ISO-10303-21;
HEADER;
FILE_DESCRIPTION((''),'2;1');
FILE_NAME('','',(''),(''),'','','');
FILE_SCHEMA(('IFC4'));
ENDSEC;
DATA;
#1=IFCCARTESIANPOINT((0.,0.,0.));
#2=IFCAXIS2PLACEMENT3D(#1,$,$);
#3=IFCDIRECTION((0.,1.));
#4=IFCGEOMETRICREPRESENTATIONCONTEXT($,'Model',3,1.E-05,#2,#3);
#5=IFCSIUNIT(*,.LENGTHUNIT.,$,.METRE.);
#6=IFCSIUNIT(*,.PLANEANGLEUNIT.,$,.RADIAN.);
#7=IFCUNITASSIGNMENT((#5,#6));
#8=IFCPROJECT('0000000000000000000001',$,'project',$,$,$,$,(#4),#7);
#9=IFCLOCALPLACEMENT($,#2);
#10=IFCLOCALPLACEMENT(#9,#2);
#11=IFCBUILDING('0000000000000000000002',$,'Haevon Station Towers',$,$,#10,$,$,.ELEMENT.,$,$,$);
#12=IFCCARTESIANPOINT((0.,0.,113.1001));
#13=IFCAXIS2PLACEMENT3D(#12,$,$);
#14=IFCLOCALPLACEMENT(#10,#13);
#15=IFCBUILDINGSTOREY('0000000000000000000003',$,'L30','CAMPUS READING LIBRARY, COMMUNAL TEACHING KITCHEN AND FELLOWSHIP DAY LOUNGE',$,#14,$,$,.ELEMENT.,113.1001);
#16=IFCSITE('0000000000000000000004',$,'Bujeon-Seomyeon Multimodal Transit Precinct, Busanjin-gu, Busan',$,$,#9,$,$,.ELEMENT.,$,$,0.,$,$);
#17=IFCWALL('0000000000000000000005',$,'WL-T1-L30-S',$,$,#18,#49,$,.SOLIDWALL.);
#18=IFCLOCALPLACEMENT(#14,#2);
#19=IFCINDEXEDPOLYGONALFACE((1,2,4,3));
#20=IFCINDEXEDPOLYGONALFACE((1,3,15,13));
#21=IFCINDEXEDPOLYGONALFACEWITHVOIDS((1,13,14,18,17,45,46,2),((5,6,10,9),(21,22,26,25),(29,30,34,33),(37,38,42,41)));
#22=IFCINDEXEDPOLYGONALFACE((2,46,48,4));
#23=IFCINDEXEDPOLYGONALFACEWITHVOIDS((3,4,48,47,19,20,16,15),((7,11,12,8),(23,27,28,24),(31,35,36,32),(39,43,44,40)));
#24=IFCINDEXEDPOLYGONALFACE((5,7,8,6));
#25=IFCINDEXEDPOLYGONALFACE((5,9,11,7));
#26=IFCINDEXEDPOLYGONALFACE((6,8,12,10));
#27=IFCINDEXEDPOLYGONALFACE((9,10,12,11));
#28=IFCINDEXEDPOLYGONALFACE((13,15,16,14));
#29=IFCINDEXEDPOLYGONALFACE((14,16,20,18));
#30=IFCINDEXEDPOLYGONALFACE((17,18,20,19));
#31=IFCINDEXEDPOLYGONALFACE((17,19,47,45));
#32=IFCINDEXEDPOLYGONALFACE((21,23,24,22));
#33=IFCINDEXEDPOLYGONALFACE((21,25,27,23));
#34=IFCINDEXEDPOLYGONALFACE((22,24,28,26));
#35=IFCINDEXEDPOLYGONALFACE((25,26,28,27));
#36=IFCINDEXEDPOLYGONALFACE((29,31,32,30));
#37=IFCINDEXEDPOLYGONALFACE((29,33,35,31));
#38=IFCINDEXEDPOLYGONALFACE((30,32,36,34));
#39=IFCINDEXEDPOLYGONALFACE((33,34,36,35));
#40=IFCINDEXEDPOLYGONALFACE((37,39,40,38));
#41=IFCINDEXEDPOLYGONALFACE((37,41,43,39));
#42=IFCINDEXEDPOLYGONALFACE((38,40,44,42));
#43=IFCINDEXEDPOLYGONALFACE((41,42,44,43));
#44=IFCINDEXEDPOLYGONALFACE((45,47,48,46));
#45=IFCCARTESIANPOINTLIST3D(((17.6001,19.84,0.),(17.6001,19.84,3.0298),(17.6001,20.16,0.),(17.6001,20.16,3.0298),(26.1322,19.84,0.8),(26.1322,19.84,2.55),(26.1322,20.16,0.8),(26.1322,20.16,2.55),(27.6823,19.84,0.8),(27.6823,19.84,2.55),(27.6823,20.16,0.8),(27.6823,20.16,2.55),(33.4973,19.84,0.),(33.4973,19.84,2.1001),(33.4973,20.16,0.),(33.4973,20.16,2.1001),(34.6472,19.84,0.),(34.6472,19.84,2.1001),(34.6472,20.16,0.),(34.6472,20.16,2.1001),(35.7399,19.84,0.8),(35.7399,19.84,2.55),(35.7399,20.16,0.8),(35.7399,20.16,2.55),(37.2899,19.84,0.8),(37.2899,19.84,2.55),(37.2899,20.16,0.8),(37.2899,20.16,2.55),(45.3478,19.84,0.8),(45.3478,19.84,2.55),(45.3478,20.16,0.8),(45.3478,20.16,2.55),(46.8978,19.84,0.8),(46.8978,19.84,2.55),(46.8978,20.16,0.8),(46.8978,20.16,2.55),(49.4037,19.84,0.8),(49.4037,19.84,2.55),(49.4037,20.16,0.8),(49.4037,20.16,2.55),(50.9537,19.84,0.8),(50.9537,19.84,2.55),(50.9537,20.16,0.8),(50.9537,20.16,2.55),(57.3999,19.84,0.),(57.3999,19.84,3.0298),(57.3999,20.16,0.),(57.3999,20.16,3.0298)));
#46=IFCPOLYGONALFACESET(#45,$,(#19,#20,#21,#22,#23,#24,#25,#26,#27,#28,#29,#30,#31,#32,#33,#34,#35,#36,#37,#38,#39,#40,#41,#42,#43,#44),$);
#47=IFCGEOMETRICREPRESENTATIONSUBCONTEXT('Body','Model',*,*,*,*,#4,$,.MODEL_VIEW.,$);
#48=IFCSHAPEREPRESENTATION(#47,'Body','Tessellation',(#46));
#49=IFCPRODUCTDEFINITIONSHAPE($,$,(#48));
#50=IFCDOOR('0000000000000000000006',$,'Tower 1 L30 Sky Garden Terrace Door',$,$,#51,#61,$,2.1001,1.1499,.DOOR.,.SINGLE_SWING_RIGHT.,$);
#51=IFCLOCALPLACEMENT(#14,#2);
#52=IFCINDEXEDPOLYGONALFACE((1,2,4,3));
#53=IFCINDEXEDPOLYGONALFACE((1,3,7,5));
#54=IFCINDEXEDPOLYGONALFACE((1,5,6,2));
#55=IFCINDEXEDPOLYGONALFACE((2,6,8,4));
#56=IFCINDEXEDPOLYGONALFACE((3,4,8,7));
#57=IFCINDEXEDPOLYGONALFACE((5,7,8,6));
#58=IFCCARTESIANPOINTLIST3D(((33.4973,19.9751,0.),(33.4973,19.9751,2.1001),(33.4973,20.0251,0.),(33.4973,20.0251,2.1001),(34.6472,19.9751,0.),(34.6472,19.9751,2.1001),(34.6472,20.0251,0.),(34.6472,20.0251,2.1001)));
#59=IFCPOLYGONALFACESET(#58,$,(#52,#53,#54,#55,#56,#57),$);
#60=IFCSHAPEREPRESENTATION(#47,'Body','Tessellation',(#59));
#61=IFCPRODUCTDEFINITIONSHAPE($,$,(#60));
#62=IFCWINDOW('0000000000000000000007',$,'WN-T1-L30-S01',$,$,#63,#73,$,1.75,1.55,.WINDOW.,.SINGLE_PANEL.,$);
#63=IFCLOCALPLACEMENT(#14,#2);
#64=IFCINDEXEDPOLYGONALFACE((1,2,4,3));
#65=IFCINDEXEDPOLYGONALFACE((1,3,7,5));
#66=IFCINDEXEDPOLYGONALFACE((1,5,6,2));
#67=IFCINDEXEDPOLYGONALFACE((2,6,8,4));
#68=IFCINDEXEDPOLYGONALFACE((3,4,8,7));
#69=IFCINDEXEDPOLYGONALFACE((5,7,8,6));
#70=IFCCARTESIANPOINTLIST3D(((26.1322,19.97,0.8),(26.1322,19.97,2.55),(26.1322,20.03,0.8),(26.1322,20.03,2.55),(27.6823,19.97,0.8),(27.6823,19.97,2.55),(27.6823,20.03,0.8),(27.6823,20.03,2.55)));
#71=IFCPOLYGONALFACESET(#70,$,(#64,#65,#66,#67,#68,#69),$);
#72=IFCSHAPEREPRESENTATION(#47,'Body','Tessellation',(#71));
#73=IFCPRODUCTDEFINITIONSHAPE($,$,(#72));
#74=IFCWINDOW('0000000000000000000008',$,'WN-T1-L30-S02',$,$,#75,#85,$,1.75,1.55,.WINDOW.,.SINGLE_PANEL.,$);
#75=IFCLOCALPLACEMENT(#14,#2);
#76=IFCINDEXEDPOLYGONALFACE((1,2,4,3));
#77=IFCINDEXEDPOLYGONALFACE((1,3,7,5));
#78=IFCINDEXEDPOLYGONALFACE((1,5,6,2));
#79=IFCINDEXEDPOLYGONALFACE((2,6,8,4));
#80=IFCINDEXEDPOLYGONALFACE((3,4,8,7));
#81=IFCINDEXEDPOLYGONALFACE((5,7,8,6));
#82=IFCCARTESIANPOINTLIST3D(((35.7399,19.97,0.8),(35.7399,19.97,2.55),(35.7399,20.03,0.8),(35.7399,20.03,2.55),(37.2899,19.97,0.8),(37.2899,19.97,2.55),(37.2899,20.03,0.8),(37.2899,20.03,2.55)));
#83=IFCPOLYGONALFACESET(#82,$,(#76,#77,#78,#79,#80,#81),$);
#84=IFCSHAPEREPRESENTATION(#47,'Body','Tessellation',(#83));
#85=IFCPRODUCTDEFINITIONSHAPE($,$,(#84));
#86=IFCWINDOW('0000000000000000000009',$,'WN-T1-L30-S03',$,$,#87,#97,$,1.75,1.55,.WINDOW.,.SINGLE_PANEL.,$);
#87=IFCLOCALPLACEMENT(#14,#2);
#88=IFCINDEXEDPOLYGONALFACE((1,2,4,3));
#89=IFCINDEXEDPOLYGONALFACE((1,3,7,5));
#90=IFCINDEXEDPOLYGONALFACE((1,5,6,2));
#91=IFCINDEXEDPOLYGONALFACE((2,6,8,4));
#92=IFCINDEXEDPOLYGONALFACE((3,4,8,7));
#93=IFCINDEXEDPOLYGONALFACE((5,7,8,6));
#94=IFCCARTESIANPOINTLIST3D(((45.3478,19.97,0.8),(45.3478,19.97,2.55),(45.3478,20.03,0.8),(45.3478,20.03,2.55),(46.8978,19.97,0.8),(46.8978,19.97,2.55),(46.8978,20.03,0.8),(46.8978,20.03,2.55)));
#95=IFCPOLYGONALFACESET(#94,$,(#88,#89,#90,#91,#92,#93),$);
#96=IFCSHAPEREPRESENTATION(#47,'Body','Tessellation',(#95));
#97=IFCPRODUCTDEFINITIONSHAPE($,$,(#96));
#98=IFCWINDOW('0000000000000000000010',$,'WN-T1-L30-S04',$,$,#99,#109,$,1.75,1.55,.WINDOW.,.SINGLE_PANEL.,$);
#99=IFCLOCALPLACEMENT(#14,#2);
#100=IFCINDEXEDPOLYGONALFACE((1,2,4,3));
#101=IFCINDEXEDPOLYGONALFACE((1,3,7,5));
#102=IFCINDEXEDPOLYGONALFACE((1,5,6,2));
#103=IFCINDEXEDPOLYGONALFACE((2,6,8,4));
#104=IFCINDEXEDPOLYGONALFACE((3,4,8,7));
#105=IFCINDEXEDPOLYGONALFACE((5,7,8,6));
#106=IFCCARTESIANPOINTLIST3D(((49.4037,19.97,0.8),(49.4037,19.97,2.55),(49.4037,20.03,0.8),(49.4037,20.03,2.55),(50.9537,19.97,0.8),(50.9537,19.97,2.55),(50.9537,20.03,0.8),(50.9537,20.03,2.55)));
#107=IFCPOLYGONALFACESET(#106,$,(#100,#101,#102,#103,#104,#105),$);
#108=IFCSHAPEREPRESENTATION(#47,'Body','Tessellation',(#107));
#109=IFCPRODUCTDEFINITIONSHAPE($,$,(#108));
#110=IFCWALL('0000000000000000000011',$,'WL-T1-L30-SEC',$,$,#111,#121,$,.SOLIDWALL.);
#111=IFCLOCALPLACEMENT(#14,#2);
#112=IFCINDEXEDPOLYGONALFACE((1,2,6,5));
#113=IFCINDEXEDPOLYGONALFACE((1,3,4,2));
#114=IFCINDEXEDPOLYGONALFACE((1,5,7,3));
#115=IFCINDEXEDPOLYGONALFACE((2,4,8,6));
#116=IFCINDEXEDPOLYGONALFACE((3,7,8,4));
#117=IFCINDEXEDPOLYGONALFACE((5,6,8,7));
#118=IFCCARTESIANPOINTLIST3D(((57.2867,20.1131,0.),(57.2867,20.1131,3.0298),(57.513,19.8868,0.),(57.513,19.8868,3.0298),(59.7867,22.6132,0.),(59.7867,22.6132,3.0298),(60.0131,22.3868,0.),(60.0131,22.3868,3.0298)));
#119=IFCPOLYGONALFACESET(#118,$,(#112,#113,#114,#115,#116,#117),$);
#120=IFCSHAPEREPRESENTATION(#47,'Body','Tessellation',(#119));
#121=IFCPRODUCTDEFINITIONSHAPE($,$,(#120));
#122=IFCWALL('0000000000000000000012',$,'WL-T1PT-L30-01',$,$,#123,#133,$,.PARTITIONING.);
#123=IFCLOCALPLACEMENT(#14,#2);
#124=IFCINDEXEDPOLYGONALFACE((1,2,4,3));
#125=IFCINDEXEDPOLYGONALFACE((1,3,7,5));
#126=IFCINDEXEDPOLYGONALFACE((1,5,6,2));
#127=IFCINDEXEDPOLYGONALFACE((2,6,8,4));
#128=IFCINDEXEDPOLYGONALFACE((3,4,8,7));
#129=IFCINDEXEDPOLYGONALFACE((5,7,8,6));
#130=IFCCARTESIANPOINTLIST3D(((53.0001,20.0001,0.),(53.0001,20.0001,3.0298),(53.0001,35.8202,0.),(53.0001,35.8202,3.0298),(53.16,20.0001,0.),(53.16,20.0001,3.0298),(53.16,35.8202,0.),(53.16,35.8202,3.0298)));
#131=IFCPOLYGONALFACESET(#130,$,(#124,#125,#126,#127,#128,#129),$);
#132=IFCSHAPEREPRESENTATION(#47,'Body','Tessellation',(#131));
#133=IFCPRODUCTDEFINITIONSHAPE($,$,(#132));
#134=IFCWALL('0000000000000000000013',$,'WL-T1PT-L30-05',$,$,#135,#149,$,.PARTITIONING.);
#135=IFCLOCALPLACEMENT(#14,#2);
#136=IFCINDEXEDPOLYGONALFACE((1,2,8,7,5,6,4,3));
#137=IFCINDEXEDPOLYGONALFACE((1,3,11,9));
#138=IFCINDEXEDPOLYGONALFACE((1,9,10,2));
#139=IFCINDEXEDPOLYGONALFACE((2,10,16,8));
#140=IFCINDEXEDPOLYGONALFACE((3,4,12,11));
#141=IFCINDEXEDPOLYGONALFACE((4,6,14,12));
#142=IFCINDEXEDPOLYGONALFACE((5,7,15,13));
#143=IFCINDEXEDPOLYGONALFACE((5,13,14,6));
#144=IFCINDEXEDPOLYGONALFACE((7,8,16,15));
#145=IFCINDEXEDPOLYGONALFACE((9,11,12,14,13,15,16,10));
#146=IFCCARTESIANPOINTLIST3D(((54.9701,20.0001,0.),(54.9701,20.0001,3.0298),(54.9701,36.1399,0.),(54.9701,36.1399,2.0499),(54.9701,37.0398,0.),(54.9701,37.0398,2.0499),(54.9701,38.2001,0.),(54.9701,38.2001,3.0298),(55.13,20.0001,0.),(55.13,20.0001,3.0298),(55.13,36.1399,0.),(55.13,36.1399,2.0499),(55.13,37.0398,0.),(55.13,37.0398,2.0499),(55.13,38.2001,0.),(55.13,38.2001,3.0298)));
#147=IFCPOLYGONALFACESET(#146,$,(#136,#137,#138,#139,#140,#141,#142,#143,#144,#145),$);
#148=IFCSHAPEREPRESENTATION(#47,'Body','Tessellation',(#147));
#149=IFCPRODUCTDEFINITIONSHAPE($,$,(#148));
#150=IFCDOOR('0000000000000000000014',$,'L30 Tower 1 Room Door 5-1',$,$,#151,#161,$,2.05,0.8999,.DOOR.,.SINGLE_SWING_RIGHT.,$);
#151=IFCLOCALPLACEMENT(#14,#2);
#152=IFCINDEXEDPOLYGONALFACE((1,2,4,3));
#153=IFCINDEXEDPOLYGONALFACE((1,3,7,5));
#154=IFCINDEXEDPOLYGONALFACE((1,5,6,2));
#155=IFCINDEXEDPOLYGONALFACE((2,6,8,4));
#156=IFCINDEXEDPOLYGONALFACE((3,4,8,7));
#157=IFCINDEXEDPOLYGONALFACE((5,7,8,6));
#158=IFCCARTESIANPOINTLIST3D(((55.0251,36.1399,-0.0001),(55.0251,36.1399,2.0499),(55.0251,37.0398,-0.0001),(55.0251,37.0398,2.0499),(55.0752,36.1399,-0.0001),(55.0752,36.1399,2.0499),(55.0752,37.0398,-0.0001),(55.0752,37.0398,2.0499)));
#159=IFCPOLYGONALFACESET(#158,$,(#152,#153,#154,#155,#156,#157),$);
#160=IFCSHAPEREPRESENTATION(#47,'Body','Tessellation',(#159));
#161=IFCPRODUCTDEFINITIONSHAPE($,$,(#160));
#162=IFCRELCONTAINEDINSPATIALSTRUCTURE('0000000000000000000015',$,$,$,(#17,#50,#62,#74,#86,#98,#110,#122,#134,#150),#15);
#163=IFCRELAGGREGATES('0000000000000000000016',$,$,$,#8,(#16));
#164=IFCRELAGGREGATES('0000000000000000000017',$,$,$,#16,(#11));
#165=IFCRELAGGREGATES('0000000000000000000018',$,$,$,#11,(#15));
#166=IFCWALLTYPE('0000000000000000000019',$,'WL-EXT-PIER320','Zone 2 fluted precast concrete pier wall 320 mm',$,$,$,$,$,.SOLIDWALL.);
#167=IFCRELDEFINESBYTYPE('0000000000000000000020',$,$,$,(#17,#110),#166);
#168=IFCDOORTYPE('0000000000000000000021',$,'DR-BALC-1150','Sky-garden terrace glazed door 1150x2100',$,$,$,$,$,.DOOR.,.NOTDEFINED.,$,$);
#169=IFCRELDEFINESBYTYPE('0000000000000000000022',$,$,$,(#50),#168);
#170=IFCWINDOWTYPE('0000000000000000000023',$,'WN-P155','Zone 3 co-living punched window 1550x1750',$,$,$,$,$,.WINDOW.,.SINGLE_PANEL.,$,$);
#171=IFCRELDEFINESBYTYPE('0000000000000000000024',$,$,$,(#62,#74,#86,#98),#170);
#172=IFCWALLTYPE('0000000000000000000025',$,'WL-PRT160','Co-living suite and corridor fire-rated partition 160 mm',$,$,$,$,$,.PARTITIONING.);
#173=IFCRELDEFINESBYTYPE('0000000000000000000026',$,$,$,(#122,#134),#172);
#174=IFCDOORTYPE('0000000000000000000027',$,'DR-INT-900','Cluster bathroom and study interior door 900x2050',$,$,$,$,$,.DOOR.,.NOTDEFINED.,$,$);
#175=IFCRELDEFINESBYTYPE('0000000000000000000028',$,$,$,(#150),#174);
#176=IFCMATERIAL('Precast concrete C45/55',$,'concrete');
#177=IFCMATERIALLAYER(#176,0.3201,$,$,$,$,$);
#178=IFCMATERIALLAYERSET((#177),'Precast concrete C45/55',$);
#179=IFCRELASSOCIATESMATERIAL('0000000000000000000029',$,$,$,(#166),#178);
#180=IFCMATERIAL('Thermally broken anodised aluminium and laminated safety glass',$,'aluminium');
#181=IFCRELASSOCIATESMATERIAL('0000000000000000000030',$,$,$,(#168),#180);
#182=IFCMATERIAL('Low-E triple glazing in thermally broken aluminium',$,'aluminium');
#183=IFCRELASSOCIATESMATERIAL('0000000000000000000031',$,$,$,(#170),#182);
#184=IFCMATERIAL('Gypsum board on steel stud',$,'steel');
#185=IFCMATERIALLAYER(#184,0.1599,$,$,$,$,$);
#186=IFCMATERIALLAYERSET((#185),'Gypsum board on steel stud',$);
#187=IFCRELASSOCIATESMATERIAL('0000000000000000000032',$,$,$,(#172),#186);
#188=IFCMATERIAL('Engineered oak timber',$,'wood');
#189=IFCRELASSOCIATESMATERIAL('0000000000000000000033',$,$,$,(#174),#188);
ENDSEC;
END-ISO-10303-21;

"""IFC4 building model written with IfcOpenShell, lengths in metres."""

from ifc_helpers import new_model, si_unit, direction, frame, frame_2d, origin, place, context, subcontext, project, spatial, rectangle, extrude, material, layer, layer_set, type_object, element, fill, save


model = new_model("IFC4")

# Units and contexts
model_context = context("Model", 3, precision=1e-05, world=origin(), true_north=direction((0.0, 1.0)))
body_context = subcontext(model_context, "Body", "Model", "MODEL_VIEW")
ifc_project = project(units=[si_unit("LENGTHUNIT", "METRE"), si_unit("PLANEANGLEUNIT", "RADIAN")], contexts=[model_context])

# Site, building, storey
site_placement = place(None, origin())
site = spatial("IfcSite", under=ifc_project, at=site_placement, Name="Bujeon-Seomyeon Multimodal Transit Precinct, Busanjin-gu, Busan", CompositionType="ELEMENT", RefElevation=0.0)
building_placement = place(site_placement, origin())
building = spatial("IfcBuilding", under=site, at=building_placement, Name="Haevon Station Towers", CompositionType="ELEMENT")
storey_placement = place(building_placement, frame((0.0, 0.0, 113.1001)))
storey = spatial("IfcBuildingStorey", under=building, at=storey_placement, Name="L30", Description="CAMPUS READING LIBRARY, COMMUNAL TEACHING KITCHEN AND FELLOWSHIP DAY LOUNGE", CompositionType="ELEMENT", Elevation=113.1001)

# Wall, openings, door, windows
ifc_material_1 = material(Name="Precast concrete C45/55", Category="concrete")
ifc_layer_1 = layer(ifc_material_1, 0.3201)
ifc_layer_set_1 = layer_set([ifc_layer_1], Name="Precast concrete C45/55")
wall_type_1 = type_object("IfcWallType", Name="WL-EXT-PIER320", Description="Zone 2 fluted precast concrete pier wall 320 mm", PredefinedType="SOLIDWALL", material=ifc_layer_set_1)
wall_1_placement = place(storey_placement, frame((57.3999, 20.0, 0.0), z_axis=(0.0, 0.0, 1.0), x_axis=(-1.0, 0.0, 0.0)))
wall_1 = element("IfcWall", 1, at=wall_1_placement, inside=storey, type_object=wall_type_1, Name="WL-T1-L30-S", PredefinedType="SOLIDWALL", context=body_context, shape_type="SweptSolid", body=[
    extrude(rectangle(XDim=39.7998, YDim=0.3201, at=frame_2d((19.8999, 0.0))), origin(), (0.0, 0.0, 1.0), 3.0298),
])
opening_1_placement = place(wall_1_placement, frame((22.7527, 0.0, 0.0)))
opening_1 = element("IfcOpeningElement", 2, at=opening_1_placement, cuts=wall_1, PredefinedType="OPENING", context=body_context, shape_type="SweptSolid", body=[
    extrude(rectangle(XDim=1.1499, YDim=2.1001, at=frame_2d((0.575, 1.05))), frame((0.0, 0.1699, 0.0), z_axis=(0.0, -1.0, 0.0), x_axis=(1.0, 0.0, 0.0)), (0.0, 0.0, 1.0), 0.3401),
])
opening_2_placement = place(wall_1_placement, frame((29.7178, 0.0, 0.8)))
opening_2 = element("IfcOpeningElement", 3, at=opening_2_placement, cuts=wall_1, PredefinedType="OPENING", context=body_context, shape_type="SweptSolid", body=[
    extrude(rectangle(XDim=1.55, YDim=1.75, at=frame_2d((0.7749, 0.875))), frame((0.0, 0.1699, 0.0), z_axis=(0.0, -1.0, 0.0), x_axis=(1.0, 0.0, 0.0)), (0.0, 0.0, 1.0), 0.3401),
])
opening_3_placement = place(wall_1_placement, frame((20.1101, 0.0, 0.8)))
opening_3 = element("IfcOpeningElement", 4, at=opening_3_placement, cuts=wall_1, PredefinedType="OPENING", context=body_context, shape_type="SweptSolid", body=[
    extrude(rectangle(XDim=1.55, YDim=1.75, at=frame_2d((0.7749, 0.875))), frame((0.0, 0.1699, 0.0), z_axis=(0.0, -1.0, 0.0), x_axis=(1.0, 0.0, 0.0)), (0.0, 0.0, 1.0), 0.3401),
])
opening_4_placement = place(wall_1_placement, frame((10.5022, 0.0, 0.8)))
opening_4 = element("IfcOpeningElement", 5, at=opening_4_placement, cuts=wall_1, PredefinedType="OPENING", context=body_context, shape_type="SweptSolid", body=[
    extrude(rectangle(XDim=1.55, YDim=1.75, at=frame_2d((0.7749, 0.875))), frame((0.0, 0.1699, 0.0), z_axis=(0.0, -1.0, 0.0), x_axis=(1.0, 0.0, 0.0)), (0.0, 0.0, 1.0), 0.3401),
])
opening_5_placement = place(wall_1_placement, frame((6.4463, 0.0, 0.8)))
opening_5 = element("IfcOpeningElement", 6, at=opening_5_placement, cuts=wall_1, PredefinedType="OPENING", context=body_context, shape_type="SweptSolid", body=[
    extrude(rectangle(XDim=1.55, YDim=1.75, at=frame_2d((0.7749, 0.875))), frame((0.0, 0.1699, 0.0), z_axis=(0.0, -1.0, 0.0), x_axis=(1.0, 0.0, 0.0)), (0.0, 0.0, 1.0), 0.3401),
])
ifc_material_2 = material(Name="Thermally broken anodised aluminium and laminated safety glass", Category="aluminium")
door_type_1 = type_object("IfcDoorType", Name="DR-BALC-1150", Description="Sky-garden terrace glazed door 1150x2100", OperationType="NOTDEFINED", PredefinedType="DOOR", material=ifc_material_2)
door_1_placement = place(opening_1_placement, origin())
door_1 = element("IfcDoor", 7, at=door_1_placement, inside=storey, type_object=door_type_1, Name="Tower 1 L30 Sky Garden Terrace Door", OperationType="SINGLE_SWING_RIGHT", OverallHeight=2.1001, OverallWidth=1.1499, PredefinedType="DOOR", context=body_context, shape_type="SweptSolid", body=[
    extrude(rectangle(XDim=1.1499, YDim=2.1001, at=frame_2d((0.575, 1.05))), frame((0.0, 0.0249, 0.0), z_axis=(0.0, -1.0, 0.0), x_axis=(1.0, 0.0, 0.0)), (0.0, 0.0, 1.0), 0.05),
])
fill(opening_1, door_1)
ifc_material_3 = material(Name="Low-E triple glazing in thermally broken aluminium", Category="aluminium")
window_type = type_object("IfcWindowType", Name="WN-P155", Description="Zone 3 co-living punched window 1550x1750", PartitioningType="SINGLE_PANEL", PredefinedType="WINDOW", material=ifc_material_3)
window_1_placement = place(opening_2_placement, origin())
window_1 = element("IfcWindow", 8, at=window_1_placement, inside=storey, type_object=window_type, Name="WN-T1-L30-S01", OverallHeight=1.75, OverallWidth=1.55, PartitioningType="SINGLE_PANEL", PredefinedType="WINDOW", context=body_context, shape_type="SweptSolid", body=[
    extrude(rectangle(XDim=1.55, YDim=1.75, at=frame_2d((0.7749, 0.875))), frame((0.0, 0.03, 0.0), z_axis=(0.0, -1.0, 0.0), x_axis=(1.0, 0.0, 0.0)), (0.0, 0.0, 1.0), 0.0601),
])
fill(opening_2, window_1)
window_2_placement = place(opening_3_placement, origin())
window_2 = element("IfcWindow", 9, at=window_2_placement, inside=storey, type_object=window_type, Name="WN-T1-L30-S02", OverallHeight=1.75, OverallWidth=1.55, PartitioningType="SINGLE_PANEL", PredefinedType="WINDOW", context=body_context, shape_type="SweptSolid", body=[
    extrude(rectangle(XDim=1.55, YDim=1.75, at=frame_2d((0.7749, 0.875))), frame((0.0, 0.03, 0.0), z_axis=(0.0, -1.0, 0.0), x_axis=(1.0, 0.0, 0.0)), (0.0, 0.0, 1.0), 0.0601),
])
fill(opening_3, window_2)
window_3_placement = place(opening_4_placement, origin())
window_3 = element("IfcWindow", 10, at=window_3_placement, inside=storey, type_object=window_type, Name="WN-T1-L30-S03", OverallHeight=1.75, OverallWidth=1.55, PartitioningType="SINGLE_PANEL", PredefinedType="WINDOW", context=body_context, shape_type="SweptSolid", body=[
    extrude(rectangle(XDim=1.55, YDim=1.75, at=frame_2d((0.7749, 0.875))), frame((0.0, 0.03, 0.0), z_axis=(0.0, -1.0, 0.0), x_axis=(1.0, 0.0, 0.0)), (0.0, 0.0, 1.0), 0.0601),
])
fill(opening_4, window_3)
window_4_placement = place(opening_5_placement, origin())
window_4 = element("IfcWindow", 11, at=window_4_placement, inside=storey, type_object=window_type, Name="WN-T1-L30-S04", OverallHeight=1.75, OverallWidth=1.55, PartitioningType="SINGLE_PANEL", PredefinedType="WINDOW", context=body_context, shape_type="SweptSolid", body=[
    extrude(rectangle(XDim=1.55, YDim=1.75, at=frame_2d((0.7749, 0.875))), frame((0.0, 0.03, 0.0), z_axis=(0.0, -1.0, 0.0), x_axis=(1.0, 0.0, 0.0)), (0.0, 0.0, 1.0), 0.0601),
])
fill(opening_5, window_4)

# Walls
wall_2_placement = place(storey_placement, frame((59.8999, 22.5, 0.0), z_axis=(0.0, 0.0, 1.0), x_axis=(-0.707107, -0.707107, 0.0)))
element("IfcWall", 12, at=wall_2_placement, inside=storey, type_object=wall_type_1, Name="WL-T1-L30-SEC", PredefinedType="SOLIDWALL", context=body_context, shape_type="SweptSolid", body=[
    extrude(rectangle(XDim=3.5356, YDim=0.3201, at=frame_2d((1.7678, 0.0))), origin(), (0.0, 0.0, 1.0), 3.0298),
])
ifc_material_4 = material(Name="Gypsum board on steel stud", Category="steel")
ifc_layer_2 = layer(ifc_material_4, 0.1599)
ifc_layer_set_2 = layer_set([ifc_layer_2], Name="Gypsum board on steel stud")
wall_type_2 = type_object("IfcWallType", Name="WL-PRT160", Description="Co-living suite and corridor fire-rated partition 160 mm", PredefinedType="PARTITIONING", material=ifc_layer_set_2)
wall_3_placement = place(storey_placement, frame((53.0801, 20.0, 0.0), z_axis=(0.0, 0.0, 1.0), x_axis=(0.0, 1.0, 0.0)))
element("IfcWall", 13, at=wall_3_placement, inside=storey, type_object=wall_type_2, Name="WL-T1PT-L30-01", PredefinedType="PARTITIONING", context=body_context, shape_type="SweptSolid", body=[
    extrude(rectangle(XDim=15.8201, YDim=0.1599, at=frame_2d((7.9102, 0.0))), origin(), (0.0, 0.0, 1.0), 3.0298),
])

# Wall, opening, door
wall_4_placement = place(storey_placement, frame((55.05, 20.0, 0.0), z_axis=(0.0, 0.0, 1.0), x_axis=(0.0, 1.0, 0.0)))
wall_4 = element("IfcWall", 14, at=wall_4_placement, inside=storey, type_object=wall_type_2, Name="WL-T1PT-L30-05", PredefinedType="PARTITIONING", context=body_context, shape_type="SweptSolid", body=[
    extrude(rectangle(XDim=18.2, YDim=0.1599, at=frame_2d((9.1001, 0.0))), origin(), (0.0, 0.0, 1.0), 3.0298),
])
opening_6_placement = place(wall_4_placement, frame((16.1399, 0.0, 0.0)))
opening_6 = element("IfcOpeningElement", 15, at=opening_6_placement, cuts=wall_4, PredefinedType="OPENING", context=body_context, shape_type="SweptSolid", body=[
    extrude(rectangle(XDim=0.8999, YDim=2.05, at=frame_2d((0.45, 1.0249))), frame((0.0, 0.0898, 0.0), z_axis=(0.0, -1.0, 0.0), x_axis=(1.0, 0.0, 0.0)), (0.0, 0.0, 1.0), 0.1799),
])
ifc_material_5 = material(Name="Engineered oak timber", Category="wood")
door_type_2 = type_object("IfcDoorType", Name="DR-INT-900", Description="Cluster bathroom and study interior door 900x2050", OperationType="NOTDEFINED", PredefinedType="DOOR", material=ifc_material_5)
door_2_placement = place(opening_6_placement, origin())
door_2 = element("IfcDoor", 16, at=door_2_placement, inside=storey, type_object=door_type_2, Name="L30 Tower 1 Room Door 5-1", OperationType="SINGLE_SWING_RIGHT", OverallHeight=2.05, OverallWidth=0.8999, PredefinedType="DOOR", context=body_context, shape_type="SweptSolid", body=[
    extrude(rectangle(XDim=0.8999, YDim=2.05, at=frame_2d((0.45, 1.0249))), frame((0.0, 0.0249, 0.0), z_axis=(0.0, -1.0, 0.0), x_axis=(1.0, 0.0, 0.0)), (0.0, 0.0, 1.0), 0.05),
])
fill(opening_6, door_2)

save(model, "model.ifc")
